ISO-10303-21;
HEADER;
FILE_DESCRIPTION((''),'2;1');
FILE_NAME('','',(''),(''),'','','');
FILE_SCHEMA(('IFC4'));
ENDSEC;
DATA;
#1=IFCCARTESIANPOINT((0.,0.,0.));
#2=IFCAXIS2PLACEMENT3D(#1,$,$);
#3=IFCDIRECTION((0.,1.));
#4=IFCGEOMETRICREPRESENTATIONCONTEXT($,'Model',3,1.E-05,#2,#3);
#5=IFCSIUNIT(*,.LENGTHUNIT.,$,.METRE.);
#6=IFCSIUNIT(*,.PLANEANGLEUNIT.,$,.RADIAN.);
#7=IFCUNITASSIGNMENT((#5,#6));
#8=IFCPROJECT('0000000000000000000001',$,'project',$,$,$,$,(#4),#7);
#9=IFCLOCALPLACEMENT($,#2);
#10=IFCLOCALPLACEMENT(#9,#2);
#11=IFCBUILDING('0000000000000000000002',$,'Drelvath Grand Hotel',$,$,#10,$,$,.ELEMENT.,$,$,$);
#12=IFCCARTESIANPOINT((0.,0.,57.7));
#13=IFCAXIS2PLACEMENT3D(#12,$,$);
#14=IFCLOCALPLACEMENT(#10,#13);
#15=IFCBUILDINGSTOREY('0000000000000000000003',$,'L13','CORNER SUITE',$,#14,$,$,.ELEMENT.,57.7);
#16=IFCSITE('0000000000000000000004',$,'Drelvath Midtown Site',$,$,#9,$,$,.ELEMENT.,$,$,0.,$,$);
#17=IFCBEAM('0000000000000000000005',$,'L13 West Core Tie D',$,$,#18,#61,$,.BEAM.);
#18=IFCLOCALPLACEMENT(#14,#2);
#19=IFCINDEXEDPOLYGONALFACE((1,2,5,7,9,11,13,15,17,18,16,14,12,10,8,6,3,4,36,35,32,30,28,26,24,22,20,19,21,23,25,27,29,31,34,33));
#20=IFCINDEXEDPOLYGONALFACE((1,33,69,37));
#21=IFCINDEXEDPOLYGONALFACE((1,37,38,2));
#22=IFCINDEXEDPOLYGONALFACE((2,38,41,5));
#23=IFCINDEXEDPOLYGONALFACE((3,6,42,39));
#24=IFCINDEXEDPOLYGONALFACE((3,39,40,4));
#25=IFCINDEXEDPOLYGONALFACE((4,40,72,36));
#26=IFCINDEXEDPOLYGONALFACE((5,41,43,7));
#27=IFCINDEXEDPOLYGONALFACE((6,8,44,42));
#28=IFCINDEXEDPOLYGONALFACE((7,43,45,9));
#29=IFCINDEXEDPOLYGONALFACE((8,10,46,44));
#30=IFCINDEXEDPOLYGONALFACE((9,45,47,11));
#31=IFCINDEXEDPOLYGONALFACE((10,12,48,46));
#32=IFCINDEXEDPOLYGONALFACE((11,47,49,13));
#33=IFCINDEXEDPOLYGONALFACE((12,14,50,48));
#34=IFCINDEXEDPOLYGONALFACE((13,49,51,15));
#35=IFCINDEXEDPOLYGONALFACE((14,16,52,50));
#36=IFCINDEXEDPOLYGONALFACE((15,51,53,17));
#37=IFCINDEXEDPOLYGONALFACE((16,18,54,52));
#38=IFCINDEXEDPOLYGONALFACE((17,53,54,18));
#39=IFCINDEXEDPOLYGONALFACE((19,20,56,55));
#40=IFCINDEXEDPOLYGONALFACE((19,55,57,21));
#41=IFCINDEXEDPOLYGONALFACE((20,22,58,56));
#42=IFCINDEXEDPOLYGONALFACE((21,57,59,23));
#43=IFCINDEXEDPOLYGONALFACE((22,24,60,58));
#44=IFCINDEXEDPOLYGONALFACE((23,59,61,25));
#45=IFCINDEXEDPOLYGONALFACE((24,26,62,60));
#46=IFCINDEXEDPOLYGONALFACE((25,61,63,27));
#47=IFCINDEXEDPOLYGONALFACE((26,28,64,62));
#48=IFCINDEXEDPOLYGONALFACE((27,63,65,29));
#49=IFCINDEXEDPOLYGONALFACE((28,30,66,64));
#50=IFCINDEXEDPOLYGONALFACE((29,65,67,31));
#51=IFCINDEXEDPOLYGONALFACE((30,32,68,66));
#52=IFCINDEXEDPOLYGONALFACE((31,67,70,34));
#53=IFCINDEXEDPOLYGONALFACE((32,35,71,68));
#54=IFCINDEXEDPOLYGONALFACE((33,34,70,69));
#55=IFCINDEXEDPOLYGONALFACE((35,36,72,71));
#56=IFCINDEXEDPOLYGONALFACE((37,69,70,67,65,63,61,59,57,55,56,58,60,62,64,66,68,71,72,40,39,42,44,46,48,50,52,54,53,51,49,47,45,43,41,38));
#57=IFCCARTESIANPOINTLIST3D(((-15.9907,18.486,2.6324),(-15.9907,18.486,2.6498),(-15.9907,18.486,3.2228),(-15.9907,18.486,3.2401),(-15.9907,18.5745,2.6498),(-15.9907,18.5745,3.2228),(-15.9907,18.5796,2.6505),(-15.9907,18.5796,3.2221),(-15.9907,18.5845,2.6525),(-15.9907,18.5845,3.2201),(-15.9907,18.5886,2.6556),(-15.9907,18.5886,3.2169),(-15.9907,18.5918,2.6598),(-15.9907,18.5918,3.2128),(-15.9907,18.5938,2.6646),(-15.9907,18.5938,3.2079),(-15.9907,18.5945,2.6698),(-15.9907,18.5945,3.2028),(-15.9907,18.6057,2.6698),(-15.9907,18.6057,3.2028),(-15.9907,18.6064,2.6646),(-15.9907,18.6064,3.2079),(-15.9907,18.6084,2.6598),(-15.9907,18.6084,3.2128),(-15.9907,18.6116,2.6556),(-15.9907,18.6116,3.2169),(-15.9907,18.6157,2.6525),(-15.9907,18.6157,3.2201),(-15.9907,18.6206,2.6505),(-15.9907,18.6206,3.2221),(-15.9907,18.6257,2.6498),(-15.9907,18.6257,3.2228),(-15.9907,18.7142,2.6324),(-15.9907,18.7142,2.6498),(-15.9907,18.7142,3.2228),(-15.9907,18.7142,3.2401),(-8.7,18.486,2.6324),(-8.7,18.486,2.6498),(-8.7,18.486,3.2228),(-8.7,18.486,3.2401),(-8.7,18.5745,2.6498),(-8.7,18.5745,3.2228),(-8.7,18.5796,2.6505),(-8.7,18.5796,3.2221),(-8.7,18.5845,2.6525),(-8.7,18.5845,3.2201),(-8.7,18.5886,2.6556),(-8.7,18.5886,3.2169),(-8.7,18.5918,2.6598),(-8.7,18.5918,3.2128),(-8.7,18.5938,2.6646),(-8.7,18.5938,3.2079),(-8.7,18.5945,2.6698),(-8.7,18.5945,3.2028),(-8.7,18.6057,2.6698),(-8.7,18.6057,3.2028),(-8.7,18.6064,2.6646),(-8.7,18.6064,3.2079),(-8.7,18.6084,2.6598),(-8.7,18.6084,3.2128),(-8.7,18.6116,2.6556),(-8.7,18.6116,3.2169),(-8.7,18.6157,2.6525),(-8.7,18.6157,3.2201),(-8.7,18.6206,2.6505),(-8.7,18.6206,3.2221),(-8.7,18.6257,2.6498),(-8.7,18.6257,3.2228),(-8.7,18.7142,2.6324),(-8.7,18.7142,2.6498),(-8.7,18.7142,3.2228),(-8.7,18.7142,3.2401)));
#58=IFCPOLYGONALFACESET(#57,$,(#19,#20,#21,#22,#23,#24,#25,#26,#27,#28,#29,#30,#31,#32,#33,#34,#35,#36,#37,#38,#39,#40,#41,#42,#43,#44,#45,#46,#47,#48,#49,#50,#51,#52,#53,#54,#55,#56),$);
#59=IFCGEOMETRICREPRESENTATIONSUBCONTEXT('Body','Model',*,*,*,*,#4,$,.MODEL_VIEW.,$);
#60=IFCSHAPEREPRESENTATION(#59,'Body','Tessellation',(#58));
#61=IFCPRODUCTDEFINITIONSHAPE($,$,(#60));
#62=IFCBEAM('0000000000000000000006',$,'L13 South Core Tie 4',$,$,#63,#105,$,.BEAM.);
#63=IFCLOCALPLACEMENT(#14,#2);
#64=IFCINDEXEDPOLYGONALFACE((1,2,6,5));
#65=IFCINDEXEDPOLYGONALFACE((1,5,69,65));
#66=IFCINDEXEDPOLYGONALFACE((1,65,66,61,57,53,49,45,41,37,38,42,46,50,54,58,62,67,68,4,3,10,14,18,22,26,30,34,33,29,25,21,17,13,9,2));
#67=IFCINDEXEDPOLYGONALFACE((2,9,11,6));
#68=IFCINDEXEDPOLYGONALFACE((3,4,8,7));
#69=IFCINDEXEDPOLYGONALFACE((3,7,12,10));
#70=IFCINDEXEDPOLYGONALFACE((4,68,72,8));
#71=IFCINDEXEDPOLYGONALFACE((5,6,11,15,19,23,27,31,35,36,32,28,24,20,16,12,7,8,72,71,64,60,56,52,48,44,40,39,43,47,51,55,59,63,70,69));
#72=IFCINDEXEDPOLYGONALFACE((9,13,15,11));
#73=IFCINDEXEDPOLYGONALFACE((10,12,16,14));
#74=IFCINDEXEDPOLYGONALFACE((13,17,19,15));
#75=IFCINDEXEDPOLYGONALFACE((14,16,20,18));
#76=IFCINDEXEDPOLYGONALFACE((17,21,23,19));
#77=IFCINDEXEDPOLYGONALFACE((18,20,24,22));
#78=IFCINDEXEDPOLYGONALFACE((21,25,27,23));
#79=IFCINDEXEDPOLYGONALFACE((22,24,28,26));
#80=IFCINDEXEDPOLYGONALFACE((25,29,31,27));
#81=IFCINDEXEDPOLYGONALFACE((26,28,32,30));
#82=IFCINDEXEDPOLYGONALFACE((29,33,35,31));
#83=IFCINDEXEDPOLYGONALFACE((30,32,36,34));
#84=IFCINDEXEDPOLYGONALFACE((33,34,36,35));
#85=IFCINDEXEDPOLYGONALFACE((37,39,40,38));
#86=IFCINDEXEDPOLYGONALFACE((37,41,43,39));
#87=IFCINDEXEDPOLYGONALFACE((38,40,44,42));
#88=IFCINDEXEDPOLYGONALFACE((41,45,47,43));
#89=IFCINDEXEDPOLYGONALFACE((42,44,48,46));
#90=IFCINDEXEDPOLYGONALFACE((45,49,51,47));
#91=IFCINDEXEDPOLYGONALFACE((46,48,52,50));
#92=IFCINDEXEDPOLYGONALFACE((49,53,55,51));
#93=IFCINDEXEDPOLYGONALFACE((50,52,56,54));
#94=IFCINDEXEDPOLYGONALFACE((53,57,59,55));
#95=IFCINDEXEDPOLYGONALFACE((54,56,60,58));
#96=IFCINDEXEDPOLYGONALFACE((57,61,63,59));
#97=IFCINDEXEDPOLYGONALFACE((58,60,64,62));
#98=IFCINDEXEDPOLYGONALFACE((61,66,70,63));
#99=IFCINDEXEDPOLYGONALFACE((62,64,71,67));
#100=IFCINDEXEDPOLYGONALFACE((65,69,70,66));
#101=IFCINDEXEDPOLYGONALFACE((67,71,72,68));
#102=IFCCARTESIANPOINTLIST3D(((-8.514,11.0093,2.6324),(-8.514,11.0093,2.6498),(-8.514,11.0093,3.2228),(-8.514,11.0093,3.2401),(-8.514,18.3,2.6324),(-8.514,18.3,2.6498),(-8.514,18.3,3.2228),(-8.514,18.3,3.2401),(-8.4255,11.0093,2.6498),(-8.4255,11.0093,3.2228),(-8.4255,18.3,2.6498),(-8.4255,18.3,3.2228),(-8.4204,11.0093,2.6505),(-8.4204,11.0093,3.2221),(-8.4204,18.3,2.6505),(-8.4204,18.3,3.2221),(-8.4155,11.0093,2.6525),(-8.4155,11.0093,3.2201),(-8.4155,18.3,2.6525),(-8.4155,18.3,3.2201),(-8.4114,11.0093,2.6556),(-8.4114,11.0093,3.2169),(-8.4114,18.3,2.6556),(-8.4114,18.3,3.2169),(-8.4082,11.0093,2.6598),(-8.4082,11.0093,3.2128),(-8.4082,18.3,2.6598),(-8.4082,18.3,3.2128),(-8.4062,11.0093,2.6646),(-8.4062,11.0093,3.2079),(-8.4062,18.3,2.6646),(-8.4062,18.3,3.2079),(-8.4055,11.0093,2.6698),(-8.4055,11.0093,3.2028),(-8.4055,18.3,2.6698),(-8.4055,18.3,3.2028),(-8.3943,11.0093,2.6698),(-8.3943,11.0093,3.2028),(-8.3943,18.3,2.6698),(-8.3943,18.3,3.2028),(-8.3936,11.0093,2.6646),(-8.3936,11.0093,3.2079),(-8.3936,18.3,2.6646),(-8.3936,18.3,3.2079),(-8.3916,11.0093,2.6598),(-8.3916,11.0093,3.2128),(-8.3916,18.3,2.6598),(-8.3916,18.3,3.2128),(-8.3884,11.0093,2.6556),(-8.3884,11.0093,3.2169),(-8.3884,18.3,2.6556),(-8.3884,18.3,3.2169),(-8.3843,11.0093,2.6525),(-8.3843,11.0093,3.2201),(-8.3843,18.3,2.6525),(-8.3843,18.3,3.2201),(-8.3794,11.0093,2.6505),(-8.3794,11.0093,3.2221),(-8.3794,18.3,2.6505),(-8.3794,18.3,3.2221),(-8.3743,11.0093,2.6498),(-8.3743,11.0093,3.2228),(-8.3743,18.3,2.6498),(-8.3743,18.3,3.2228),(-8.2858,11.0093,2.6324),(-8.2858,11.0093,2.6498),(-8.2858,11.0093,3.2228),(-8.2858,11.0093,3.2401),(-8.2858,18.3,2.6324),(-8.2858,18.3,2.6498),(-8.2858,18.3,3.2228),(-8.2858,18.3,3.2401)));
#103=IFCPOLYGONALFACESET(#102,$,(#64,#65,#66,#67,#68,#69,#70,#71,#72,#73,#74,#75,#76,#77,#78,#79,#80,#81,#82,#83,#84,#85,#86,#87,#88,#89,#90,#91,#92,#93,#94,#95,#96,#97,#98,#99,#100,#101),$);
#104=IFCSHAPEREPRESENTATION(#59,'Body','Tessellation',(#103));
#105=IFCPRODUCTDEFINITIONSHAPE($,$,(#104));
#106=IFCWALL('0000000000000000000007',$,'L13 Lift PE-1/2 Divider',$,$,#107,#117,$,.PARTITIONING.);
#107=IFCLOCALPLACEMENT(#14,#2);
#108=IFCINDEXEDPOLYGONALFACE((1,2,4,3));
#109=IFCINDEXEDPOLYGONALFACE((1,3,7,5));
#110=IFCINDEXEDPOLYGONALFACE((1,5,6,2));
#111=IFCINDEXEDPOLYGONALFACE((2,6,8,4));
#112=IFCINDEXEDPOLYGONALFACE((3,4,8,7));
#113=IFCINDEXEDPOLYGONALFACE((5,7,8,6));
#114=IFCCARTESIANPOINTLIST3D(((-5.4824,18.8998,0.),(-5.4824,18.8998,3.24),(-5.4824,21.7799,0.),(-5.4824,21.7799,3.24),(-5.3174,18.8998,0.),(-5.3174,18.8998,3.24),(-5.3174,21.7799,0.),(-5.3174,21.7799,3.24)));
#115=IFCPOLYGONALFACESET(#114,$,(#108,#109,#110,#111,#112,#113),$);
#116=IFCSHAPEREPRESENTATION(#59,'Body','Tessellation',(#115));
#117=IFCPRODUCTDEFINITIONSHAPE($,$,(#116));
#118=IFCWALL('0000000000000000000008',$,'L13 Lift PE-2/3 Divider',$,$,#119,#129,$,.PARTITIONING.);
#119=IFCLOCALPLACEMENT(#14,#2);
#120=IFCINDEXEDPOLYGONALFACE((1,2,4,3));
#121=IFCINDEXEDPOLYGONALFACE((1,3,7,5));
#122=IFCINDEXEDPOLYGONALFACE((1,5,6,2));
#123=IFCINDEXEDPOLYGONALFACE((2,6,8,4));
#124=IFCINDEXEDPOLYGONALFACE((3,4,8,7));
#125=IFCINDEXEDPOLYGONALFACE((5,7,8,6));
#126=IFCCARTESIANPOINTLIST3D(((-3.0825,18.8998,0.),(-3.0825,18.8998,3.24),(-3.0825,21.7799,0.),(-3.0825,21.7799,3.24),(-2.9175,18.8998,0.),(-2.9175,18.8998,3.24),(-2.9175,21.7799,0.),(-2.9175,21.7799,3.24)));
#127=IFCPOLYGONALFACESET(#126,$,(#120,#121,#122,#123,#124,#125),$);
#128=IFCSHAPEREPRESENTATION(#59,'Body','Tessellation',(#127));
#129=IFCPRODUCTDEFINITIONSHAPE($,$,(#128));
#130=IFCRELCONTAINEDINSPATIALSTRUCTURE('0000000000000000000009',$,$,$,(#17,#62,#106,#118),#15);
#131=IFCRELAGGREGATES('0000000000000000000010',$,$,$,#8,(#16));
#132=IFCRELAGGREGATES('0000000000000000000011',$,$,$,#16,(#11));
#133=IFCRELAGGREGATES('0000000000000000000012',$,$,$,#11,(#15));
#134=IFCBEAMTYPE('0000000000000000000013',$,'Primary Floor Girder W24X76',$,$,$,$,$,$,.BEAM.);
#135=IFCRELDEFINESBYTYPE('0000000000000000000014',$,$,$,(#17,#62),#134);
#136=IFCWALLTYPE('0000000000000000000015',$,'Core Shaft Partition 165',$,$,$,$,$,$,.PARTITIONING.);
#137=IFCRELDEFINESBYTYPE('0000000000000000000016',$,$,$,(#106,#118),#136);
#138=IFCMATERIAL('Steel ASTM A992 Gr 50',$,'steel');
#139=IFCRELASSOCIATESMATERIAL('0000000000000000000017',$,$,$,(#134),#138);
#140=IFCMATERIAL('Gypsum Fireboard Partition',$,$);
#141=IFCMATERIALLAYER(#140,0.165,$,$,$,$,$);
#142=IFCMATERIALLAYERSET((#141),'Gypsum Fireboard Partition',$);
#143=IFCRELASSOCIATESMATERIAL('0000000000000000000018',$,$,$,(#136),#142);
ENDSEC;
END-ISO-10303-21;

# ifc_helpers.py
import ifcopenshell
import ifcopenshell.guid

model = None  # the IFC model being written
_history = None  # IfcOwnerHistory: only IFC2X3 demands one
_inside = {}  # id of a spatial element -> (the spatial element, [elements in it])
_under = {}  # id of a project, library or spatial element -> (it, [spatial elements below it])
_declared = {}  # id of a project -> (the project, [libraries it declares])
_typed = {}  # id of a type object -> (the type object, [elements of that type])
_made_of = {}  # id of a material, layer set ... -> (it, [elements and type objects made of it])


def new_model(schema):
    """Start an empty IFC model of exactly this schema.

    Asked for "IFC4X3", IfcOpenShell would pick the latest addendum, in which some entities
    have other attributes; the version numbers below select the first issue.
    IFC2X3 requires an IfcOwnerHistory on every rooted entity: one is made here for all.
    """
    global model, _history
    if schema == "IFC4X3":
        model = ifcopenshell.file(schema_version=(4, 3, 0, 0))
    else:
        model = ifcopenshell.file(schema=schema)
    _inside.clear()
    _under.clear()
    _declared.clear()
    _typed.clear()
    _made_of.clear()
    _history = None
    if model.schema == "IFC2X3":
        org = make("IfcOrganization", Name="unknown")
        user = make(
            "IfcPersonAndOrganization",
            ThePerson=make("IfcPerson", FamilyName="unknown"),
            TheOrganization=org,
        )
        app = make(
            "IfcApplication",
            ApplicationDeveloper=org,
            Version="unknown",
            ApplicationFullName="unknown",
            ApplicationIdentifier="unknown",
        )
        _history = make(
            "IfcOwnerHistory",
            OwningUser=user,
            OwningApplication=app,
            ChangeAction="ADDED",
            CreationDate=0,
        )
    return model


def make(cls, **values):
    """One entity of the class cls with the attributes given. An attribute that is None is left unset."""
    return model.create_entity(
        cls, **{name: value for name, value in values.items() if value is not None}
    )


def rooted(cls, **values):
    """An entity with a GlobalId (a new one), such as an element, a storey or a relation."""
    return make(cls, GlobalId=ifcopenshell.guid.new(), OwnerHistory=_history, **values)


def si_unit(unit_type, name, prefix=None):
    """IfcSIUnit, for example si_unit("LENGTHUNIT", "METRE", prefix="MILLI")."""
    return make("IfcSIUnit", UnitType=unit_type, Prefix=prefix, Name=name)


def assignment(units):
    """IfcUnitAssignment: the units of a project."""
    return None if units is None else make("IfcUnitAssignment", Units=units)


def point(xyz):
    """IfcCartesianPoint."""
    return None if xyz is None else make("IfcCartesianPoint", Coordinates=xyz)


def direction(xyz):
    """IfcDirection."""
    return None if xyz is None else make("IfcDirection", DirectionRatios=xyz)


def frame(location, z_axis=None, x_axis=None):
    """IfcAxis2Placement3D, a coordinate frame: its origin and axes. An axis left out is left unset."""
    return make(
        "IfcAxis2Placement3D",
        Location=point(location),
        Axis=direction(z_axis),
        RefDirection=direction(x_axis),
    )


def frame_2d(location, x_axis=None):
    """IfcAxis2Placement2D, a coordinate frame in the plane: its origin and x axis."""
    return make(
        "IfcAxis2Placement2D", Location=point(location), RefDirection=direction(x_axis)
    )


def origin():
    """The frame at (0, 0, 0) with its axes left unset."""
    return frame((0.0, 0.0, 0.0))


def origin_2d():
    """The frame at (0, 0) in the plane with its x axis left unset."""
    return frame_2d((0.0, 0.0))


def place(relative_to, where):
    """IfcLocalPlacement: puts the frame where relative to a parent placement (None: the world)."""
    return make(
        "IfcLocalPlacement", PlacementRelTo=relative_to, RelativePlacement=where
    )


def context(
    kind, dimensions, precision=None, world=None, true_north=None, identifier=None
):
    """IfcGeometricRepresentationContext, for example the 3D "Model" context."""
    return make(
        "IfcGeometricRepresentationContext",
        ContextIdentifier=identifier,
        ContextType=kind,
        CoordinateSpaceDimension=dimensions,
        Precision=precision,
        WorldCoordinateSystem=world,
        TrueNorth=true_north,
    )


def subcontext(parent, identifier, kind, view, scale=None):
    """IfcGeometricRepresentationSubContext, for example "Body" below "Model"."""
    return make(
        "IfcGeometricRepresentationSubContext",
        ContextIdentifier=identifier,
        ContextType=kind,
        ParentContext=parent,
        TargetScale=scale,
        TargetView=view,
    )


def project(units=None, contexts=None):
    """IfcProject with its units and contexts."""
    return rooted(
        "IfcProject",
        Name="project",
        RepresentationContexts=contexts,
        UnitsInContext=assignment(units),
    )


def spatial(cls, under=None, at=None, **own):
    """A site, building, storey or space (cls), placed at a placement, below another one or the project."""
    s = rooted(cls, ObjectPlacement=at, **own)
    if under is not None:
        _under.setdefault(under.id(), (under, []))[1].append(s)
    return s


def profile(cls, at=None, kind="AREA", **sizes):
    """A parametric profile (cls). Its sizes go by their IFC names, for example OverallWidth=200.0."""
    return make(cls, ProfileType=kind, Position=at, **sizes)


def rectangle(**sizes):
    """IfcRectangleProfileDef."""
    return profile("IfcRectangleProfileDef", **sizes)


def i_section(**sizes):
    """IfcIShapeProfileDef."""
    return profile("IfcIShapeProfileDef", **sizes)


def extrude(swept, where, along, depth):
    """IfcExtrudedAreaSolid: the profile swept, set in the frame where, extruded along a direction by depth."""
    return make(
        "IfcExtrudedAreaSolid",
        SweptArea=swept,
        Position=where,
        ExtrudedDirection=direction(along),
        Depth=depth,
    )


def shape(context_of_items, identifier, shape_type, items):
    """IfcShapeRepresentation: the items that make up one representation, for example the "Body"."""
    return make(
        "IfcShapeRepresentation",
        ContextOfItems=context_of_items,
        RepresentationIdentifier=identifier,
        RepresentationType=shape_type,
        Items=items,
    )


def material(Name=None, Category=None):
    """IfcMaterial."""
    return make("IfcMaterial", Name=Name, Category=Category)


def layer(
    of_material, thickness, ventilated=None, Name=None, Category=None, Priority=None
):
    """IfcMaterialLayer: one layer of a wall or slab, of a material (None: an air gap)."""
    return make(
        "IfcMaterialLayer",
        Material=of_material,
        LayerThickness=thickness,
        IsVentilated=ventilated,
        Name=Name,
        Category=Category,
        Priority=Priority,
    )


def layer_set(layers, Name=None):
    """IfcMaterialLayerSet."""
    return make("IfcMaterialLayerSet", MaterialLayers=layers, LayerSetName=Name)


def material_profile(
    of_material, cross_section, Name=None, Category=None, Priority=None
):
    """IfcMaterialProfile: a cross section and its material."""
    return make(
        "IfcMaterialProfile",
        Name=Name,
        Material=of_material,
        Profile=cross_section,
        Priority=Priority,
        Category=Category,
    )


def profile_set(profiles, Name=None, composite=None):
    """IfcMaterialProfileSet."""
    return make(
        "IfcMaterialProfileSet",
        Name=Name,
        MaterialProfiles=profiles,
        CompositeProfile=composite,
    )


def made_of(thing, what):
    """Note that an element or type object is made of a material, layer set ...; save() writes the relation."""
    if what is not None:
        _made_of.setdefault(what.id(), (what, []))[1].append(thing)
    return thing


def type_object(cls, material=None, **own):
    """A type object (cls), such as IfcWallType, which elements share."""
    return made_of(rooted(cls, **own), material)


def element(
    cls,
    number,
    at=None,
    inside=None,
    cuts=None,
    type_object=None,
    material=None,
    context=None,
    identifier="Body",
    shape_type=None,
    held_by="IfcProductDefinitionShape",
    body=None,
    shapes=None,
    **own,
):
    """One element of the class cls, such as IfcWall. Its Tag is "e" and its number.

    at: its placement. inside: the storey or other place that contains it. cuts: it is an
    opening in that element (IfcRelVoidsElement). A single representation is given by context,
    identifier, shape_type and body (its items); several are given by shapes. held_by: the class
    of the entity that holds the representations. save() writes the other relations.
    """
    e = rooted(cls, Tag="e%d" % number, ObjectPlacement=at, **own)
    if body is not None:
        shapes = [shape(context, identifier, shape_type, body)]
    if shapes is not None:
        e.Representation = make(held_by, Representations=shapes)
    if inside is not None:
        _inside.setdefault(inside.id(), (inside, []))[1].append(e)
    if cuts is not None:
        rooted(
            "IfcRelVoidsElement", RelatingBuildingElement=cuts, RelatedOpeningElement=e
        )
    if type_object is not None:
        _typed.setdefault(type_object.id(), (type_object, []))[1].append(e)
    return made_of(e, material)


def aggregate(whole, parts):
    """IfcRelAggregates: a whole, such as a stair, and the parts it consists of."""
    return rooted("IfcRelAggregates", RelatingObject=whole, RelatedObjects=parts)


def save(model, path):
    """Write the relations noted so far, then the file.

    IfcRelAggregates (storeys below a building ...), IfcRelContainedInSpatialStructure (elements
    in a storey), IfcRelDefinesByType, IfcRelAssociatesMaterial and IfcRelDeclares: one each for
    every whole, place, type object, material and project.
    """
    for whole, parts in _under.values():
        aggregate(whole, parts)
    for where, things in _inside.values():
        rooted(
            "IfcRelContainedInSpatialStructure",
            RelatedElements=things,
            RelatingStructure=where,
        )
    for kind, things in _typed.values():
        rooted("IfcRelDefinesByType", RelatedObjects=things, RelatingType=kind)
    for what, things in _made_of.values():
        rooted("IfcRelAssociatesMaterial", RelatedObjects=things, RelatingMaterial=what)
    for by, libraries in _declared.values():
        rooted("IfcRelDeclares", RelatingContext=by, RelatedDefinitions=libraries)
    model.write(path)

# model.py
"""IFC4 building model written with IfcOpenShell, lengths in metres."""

from ifc_helpers import new_model, si_unit, direction, frame, frame_2d, origin, origin_2d, place, context, subcontext, project, spatial, rectangle, i_section, extrude, material, layer, layer_set, material_profile, profile_set, type_object, element, save


model = new_model("IFC4")

# Units and contexts
model_context = context("Model", 3, precision=1e-05, world=origin(), true_north=direction((0.0, 1.0)))
body_context = subcontext(model_context, "Body", "Model", "MODEL_VIEW")
ifc_project = project(units=[si_unit("LENGTHUNIT", "METRE"), si_unit("PLANEANGLEUNIT", "RADIAN")], contexts=[model_context])

# Site, building, storey
site_placement = place(None, origin())
site = spatial("IfcSite", under=ifc_project, at=site_placement, Name="Drelvath Midtown Site", CompositionType="ELEMENT", RefElevation=0.0)
building_placement = place(site_placement, origin())
building = spatial("IfcBuilding", under=site, at=building_placement, Name="Drelvath Grand Hotel", CompositionType="ELEMENT")
storey_placement = place(building_placement, frame((0.0, 0.0, 57.7)))
storey = spatial("IfcBuildingStorey", under=building, at=storey_placement, Name="L13", Description="CORNER SUITE", CompositionType="ELEMENT", Elevation=57.7)

# Beams
ifc_material_1 = material(Name="Steel ASTM A992 Gr 50", Category="steel")
ifc_material_profile = material_profile(ifc_material_1, i_section(OverallWidth=0.2283, OverallDepth=0.6077, WebThickness=0.0112, FlangeThickness=0.0173, FilletRadius=0.02, at=origin_2d()), Name="W24X76")
ifc_profile_set = profile_set([ifc_material_profile], Name="Steel ASTM A992 Gr 50")
beam_type = type_object("IfcBeamType", Name="Primary Floor Girder W24X76", PredefinedType="BEAM", material=ifc_profile_set)
for number, where, z_axis, x_axis, name in (
    (1, (-15.9907, 18.6001, 2.9363), (1.0, 0.0, 0.0), (0.0, 1.0, 0.0), "L13 West Core Tie D"),
    (2, (-8.3999, 11.0093, 2.9363), (0.0, 1.0, 0.0), (-1.0, 0.0, 0.0), "L13 South Core Tie 4"),
):
    element("IfcBeam", number, at=place(storey_placement, frame(where, z_axis=z_axis, x_axis=x_axis)), inside=storey, type_object=beam_type, Name=name, PredefinedType="BEAM", context=body_context, shape_type="SweptSolid", body=[
        extrude(i_section(OverallWidth=0.2283, OverallDepth=0.6077, WebThickness=0.0112, FlangeThickness=0.0173, FilletRadius=0.02, at=origin_2d()), origin(), (0.0, 0.0, 1.0), 7.2908),
    ])

# Walls
ifc_material_2 = material(Name="Gypsum Fireboard Partition")
ifc_layer_1 = layer(ifc_material_2, 0.165)
ifc_layer_set_1 = layer_set([ifc_layer_1], Name="Gypsum Fireboard Partition")
wall_type_1 = type_object("IfcWallType", Name="Core Shaft Partition 165", PredefinedType="PARTITIONING", material=ifc_layer_set_1)
for number, where, z_axis, x_axis, name in (
    (3, (-5.3999, 18.8999, 0.0), (0.0, 0.0, 1.0), (0.0, 1.0, 0.0), "L13 Lift PE-1/2 Divider"),
    (4, (-3.0, 18.8999, 0.0), (0.0, 0.0, 1.0), (0.0, 1.0, 0.0), "L13 Lift PE-2/3 Divider"),
):
    element("IfcWall", number, at=place(storey_placement, frame(where, z_axis=z_axis, x_axis=x_axis)), inside=storey, type_object=wall_type_1, Name=name, PredefinedType="PARTITIONING", context=body_context, shape_type="SweptSolid", body=[
        extrude(rectangle(XDim=2.8801, YDim=0.165, at=frame_2d((1.4399, 0.0))), origin(), (0.0, 0.0, 1.0), 3.24),
    ])

save(model, "model.ifc")
